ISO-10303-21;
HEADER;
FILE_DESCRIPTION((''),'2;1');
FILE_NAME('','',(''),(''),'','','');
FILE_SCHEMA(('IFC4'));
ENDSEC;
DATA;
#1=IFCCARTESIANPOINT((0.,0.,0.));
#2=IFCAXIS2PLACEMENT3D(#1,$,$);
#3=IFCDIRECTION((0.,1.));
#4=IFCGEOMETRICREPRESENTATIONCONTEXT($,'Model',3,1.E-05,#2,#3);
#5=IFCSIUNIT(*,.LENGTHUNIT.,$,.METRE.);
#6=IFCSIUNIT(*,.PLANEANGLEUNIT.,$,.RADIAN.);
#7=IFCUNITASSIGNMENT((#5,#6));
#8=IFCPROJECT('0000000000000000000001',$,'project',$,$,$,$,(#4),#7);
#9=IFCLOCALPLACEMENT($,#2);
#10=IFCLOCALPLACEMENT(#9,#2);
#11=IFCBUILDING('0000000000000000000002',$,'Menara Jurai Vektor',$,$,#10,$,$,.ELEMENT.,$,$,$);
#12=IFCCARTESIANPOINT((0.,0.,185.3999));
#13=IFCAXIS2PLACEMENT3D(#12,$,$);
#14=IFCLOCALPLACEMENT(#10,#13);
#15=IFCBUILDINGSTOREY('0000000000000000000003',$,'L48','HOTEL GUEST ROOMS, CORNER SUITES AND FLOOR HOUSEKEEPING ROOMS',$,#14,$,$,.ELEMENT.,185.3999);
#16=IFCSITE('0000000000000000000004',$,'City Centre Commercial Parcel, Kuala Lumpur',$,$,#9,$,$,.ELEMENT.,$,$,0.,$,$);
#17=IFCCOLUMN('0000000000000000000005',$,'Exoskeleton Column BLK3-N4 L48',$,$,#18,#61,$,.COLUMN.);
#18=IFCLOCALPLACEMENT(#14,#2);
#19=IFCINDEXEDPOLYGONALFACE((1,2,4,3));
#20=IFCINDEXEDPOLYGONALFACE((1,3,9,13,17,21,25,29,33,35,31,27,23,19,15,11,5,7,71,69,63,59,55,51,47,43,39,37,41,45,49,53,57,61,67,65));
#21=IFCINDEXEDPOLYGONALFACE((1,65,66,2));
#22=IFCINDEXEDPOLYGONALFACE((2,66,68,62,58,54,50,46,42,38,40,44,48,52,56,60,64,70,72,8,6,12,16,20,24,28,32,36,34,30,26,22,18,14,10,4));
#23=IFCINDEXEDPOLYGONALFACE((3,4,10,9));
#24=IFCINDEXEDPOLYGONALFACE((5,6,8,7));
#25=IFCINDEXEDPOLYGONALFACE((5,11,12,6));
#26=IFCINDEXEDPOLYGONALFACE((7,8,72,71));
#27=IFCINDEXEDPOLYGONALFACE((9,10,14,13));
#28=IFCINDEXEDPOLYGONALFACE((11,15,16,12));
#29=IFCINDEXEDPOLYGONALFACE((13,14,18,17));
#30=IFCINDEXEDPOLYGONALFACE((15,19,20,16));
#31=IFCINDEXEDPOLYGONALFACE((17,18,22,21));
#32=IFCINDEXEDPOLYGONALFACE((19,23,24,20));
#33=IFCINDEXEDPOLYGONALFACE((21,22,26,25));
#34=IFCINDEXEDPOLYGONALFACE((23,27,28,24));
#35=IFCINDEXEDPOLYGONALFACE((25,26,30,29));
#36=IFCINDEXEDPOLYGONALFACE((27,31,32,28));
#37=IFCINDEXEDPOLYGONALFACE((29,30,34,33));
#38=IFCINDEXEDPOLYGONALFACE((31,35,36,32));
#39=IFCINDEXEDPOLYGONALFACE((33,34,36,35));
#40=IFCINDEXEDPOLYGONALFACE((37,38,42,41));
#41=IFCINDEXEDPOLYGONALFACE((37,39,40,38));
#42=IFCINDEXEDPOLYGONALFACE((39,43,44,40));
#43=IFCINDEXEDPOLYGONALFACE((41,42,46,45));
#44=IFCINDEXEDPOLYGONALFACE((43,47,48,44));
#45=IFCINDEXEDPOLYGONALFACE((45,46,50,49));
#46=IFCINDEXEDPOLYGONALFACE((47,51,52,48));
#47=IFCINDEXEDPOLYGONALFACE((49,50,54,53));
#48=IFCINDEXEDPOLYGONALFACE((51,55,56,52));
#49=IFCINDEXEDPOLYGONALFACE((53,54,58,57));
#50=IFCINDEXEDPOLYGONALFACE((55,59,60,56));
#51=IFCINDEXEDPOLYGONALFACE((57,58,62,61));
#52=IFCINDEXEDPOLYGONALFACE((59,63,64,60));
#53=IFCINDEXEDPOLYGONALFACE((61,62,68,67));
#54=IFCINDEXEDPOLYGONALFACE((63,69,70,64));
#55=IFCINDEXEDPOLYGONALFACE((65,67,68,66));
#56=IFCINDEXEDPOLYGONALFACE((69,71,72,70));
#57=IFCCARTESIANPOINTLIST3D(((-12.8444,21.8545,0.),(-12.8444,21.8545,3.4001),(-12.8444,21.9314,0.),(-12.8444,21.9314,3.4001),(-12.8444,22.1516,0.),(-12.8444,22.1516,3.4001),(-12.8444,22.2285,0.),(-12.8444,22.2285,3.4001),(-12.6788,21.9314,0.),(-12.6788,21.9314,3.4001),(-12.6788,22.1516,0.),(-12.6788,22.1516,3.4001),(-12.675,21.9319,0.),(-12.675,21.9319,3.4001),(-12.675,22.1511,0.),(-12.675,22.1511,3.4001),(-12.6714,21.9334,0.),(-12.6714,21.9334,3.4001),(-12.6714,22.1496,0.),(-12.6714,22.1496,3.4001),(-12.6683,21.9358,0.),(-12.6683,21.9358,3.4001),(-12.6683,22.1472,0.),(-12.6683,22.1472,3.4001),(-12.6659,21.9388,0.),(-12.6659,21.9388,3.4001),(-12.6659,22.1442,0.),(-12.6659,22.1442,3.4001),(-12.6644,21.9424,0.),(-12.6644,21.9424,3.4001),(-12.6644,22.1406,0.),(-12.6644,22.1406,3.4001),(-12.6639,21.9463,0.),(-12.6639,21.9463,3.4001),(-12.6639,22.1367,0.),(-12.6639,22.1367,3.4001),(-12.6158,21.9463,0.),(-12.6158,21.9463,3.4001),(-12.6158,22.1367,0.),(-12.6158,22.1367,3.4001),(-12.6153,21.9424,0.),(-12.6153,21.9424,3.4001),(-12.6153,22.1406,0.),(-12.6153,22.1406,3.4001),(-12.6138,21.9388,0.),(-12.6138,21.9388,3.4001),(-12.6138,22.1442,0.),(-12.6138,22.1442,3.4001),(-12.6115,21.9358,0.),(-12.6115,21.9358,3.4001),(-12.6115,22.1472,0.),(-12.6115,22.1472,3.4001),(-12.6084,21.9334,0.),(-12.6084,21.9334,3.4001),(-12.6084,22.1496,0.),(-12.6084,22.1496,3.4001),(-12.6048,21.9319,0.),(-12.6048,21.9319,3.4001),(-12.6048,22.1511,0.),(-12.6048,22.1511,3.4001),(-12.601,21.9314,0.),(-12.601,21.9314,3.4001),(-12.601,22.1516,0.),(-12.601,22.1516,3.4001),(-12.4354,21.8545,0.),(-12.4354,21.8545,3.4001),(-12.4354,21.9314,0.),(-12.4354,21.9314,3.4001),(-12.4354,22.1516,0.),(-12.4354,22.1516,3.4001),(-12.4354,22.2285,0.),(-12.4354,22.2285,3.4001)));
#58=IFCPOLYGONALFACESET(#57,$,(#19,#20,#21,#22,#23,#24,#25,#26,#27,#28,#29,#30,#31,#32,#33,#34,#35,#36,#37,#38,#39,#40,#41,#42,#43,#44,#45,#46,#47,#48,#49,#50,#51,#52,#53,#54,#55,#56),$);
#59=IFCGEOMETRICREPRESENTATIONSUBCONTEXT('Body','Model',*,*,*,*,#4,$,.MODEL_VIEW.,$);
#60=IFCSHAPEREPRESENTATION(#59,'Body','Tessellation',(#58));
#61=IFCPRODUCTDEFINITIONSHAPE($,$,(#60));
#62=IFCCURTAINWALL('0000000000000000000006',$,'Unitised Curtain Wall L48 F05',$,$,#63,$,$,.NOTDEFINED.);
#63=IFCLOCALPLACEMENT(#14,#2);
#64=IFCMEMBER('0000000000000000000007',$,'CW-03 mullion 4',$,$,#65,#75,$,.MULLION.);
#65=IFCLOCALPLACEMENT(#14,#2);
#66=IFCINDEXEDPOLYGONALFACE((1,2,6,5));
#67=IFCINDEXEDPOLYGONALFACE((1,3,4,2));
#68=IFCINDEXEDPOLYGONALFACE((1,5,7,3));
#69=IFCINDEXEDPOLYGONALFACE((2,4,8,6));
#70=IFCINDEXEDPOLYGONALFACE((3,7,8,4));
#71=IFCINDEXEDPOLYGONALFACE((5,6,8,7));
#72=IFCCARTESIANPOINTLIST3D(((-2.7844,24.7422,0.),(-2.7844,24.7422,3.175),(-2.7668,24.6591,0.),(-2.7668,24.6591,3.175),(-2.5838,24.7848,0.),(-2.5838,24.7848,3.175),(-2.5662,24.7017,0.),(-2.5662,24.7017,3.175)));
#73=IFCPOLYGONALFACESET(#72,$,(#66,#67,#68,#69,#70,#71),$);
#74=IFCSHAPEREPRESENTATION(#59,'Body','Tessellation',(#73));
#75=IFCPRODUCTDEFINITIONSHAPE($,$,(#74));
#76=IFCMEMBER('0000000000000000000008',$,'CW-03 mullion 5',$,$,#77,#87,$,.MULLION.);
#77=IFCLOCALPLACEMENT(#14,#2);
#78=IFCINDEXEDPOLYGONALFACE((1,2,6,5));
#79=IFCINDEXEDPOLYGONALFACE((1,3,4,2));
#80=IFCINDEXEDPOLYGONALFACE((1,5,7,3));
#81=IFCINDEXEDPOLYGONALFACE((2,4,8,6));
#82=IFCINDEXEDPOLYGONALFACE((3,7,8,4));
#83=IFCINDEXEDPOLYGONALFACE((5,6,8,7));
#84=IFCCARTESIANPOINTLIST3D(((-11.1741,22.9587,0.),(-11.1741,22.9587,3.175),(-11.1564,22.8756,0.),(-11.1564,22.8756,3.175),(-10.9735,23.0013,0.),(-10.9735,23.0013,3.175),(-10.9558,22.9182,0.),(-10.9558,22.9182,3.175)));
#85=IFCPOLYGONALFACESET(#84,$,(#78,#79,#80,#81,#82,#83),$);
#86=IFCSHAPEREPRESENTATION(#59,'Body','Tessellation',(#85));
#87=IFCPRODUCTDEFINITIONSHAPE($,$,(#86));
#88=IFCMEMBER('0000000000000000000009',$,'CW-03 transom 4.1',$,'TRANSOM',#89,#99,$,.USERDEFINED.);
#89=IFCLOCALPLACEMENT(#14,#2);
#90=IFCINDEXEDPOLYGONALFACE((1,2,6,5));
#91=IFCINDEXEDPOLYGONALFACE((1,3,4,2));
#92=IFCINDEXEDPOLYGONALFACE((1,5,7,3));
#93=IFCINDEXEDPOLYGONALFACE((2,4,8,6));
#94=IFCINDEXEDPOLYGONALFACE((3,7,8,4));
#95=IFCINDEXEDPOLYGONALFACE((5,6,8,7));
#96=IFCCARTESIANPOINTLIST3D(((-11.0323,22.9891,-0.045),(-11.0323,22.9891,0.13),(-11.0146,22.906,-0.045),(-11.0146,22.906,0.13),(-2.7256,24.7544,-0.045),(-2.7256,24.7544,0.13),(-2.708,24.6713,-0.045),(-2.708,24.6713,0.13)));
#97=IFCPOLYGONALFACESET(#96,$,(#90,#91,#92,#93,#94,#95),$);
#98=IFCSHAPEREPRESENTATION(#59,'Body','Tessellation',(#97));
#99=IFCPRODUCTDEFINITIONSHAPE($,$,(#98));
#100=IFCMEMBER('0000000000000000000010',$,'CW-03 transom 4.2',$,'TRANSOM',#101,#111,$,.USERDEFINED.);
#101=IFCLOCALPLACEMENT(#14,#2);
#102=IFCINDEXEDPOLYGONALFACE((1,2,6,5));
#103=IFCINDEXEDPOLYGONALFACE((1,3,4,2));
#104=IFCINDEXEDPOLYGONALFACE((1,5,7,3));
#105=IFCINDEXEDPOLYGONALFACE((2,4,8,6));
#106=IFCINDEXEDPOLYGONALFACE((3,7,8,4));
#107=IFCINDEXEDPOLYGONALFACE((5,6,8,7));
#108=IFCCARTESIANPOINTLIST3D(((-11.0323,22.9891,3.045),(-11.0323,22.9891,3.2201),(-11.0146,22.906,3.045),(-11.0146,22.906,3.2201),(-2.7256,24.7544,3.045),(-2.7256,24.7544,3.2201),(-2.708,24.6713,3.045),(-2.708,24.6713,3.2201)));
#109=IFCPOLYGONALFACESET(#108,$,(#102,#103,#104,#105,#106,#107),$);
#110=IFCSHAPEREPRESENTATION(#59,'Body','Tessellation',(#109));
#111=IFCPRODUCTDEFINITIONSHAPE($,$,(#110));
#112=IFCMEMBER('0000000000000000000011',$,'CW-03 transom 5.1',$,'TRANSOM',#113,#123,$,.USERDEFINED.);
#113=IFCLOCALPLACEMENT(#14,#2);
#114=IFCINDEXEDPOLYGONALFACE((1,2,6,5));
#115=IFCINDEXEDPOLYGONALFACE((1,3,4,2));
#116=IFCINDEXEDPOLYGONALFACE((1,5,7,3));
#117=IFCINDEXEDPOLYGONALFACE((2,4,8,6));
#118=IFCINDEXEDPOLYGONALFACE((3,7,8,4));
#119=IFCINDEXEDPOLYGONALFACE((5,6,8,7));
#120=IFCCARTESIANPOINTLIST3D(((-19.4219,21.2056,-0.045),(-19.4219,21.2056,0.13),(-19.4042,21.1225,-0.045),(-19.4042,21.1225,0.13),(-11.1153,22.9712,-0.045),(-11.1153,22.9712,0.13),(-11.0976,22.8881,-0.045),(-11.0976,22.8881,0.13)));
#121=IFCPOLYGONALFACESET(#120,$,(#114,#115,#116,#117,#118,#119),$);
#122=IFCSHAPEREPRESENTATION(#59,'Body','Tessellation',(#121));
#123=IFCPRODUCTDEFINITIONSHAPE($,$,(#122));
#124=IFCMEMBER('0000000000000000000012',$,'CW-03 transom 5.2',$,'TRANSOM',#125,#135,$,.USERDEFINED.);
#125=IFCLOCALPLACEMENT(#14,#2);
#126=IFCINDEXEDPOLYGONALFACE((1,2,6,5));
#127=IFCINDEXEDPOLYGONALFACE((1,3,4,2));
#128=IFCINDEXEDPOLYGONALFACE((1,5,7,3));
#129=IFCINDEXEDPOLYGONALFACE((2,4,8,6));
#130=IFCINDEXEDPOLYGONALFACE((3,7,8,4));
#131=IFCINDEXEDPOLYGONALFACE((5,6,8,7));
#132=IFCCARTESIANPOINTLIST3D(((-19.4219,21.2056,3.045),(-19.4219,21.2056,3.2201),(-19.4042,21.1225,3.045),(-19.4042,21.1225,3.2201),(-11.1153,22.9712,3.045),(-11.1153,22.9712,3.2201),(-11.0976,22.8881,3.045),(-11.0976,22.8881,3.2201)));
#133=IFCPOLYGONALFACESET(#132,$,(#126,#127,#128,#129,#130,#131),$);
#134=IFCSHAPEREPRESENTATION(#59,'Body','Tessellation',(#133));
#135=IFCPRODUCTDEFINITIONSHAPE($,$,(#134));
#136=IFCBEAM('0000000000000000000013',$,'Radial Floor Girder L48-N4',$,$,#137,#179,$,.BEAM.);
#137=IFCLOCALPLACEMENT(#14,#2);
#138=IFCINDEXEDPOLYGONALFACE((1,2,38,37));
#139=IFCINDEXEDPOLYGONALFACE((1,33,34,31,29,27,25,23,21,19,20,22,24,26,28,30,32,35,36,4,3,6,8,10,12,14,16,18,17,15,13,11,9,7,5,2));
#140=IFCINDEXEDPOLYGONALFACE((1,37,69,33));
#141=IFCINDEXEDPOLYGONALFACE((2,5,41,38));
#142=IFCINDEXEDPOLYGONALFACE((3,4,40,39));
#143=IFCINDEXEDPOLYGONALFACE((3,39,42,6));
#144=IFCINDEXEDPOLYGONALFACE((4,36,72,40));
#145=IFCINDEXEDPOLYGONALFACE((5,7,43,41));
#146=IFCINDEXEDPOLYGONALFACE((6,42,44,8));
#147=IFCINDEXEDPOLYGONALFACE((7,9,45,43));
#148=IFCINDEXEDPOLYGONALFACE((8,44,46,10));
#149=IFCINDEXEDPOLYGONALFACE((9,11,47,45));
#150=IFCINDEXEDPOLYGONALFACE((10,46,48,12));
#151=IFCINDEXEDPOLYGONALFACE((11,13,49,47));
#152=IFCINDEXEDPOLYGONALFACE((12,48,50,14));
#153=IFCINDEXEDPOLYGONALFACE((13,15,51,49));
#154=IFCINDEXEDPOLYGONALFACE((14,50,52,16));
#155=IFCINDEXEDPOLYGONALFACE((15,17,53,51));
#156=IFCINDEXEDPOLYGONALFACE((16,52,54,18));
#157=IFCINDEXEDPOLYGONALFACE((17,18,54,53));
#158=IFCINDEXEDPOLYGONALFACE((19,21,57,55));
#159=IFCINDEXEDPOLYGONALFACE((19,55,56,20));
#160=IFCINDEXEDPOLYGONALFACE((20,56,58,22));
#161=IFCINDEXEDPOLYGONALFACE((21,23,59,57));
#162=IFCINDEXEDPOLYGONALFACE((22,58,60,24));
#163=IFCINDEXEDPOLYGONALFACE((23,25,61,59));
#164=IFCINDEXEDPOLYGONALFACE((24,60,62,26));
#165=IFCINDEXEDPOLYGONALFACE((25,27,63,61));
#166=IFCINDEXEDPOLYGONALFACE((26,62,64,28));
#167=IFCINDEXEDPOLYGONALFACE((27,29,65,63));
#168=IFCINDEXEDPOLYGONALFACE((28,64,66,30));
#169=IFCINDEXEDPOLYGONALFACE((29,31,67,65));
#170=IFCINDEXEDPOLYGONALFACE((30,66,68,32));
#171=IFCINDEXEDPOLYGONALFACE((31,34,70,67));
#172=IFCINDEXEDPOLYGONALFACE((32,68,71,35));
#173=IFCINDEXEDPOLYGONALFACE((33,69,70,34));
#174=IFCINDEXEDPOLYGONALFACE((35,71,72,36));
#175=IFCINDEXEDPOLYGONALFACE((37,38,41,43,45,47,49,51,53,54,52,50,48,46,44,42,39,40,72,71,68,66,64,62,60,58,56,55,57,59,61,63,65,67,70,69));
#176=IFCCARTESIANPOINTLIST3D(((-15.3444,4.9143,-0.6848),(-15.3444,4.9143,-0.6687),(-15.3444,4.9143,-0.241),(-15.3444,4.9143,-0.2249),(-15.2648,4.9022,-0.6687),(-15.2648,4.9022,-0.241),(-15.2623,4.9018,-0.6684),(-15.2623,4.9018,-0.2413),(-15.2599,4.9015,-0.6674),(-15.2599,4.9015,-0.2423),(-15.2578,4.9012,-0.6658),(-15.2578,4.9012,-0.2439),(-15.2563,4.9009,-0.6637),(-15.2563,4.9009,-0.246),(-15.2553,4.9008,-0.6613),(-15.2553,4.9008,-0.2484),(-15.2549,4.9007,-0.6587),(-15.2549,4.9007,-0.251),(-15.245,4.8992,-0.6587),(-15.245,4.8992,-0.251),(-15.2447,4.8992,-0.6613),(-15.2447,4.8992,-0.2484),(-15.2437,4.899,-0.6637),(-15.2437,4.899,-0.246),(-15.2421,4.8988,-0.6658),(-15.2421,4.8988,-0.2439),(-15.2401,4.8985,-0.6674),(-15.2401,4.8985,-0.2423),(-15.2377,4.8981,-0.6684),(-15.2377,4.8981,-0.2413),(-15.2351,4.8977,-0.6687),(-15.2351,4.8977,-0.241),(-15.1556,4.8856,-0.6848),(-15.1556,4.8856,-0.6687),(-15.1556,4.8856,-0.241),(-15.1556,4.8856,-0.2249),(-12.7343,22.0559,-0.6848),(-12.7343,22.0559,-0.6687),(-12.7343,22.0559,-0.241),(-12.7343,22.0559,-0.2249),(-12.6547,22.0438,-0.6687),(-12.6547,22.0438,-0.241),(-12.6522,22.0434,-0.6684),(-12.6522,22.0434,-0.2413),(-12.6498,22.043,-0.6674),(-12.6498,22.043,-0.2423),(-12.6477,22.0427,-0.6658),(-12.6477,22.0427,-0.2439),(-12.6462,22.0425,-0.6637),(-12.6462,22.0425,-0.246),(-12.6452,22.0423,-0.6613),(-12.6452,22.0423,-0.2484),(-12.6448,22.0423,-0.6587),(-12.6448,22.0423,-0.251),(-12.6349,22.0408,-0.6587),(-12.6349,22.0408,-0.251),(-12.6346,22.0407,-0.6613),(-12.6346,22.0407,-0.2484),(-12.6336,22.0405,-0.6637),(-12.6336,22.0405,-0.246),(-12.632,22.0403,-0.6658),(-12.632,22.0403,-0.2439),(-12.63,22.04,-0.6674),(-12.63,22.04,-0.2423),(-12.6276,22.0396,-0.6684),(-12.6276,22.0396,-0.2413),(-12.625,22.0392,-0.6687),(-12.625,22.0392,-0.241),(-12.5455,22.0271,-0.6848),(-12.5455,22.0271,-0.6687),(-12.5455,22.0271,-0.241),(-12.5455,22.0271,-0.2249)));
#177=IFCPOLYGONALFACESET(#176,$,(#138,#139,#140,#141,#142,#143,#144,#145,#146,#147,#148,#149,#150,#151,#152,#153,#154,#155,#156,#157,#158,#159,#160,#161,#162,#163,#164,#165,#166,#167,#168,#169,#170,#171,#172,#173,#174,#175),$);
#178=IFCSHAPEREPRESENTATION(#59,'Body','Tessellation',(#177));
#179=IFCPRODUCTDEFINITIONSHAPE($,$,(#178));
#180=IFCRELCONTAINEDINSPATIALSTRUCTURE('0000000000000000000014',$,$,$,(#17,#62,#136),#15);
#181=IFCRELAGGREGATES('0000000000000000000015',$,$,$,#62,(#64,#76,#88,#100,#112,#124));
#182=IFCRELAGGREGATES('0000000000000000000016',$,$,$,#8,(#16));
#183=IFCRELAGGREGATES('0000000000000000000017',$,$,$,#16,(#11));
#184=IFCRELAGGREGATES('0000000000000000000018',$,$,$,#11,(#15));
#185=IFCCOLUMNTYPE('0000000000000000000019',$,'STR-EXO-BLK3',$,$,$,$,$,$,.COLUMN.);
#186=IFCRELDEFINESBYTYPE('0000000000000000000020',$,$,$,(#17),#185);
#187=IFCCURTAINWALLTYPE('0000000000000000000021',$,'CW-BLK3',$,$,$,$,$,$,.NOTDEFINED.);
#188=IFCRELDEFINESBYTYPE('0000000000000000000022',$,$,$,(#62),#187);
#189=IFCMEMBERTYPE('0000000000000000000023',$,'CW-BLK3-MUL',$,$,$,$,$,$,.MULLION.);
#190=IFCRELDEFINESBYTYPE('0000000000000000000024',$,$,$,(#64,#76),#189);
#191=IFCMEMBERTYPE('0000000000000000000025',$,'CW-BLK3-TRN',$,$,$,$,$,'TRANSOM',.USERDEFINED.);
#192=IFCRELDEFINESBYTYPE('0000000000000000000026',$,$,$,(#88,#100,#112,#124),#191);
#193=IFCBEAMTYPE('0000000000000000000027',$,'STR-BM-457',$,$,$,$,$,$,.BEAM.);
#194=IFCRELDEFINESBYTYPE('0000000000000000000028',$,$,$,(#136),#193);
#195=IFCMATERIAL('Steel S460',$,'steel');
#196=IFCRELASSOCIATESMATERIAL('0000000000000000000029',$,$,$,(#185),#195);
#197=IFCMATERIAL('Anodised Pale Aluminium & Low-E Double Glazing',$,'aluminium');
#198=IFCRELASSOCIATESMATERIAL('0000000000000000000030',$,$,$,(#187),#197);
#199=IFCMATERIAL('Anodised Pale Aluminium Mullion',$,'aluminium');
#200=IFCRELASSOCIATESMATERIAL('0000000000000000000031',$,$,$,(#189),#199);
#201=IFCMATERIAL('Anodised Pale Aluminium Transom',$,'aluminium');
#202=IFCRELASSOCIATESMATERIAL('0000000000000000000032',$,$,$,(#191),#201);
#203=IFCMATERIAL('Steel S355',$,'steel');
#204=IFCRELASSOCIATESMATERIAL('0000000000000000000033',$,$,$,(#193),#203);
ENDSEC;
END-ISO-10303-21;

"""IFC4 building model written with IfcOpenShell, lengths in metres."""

from ifc_helpers import new_model, si_unit, direction, frame, origin, origin_2d, place, context, subcontext, project, spatial, rectangle, i_section, extrude, material, material_profile, profile_set, type_object, element, aggregate, save


model = new_model("IFC4")

# Units and contexts
model_context = context("Model", 3, precision=1e-05, world=origin(), true_north=direction((0.0, 1.0)))
body_context = subcontext(model_context, "Body", "Model", "MODEL_VIEW")
ifc_project = project(units=[si_unit("LENGTHUNIT", "METRE"), si_unit("PLANEANGLEUNIT", "RADIAN")], contexts=[model_context])

# Site, building, storey
site_placement = place(None, origin())
site = spatial("IfcSite", under=ifc_project, at=site_placement, Name="City Centre Commercial Parcel, Kuala Lumpur", CompositionType="ELEMENT", RefElevation=0.0)
building_placement = place(site_placement, origin())
building = spatial("IfcBuilding", under=site, at=building_placement, Name="Menara Jurai Vektor", CompositionType="ELEMENT")
storey_placement = place(building_placement, frame((0.0, 0.0, 185.3999)))
storey = spatial("IfcBuildingStorey", under=building, at=storey_placement, Name="L48", Description="HOTEL GUEST ROOMS, CORNER SUITES AND FLOOR HOUSEKEEPING ROOMS", CompositionType="ELEMENT", Elevation=185.3999)

# Column
ifc_material_1 = material(Name="Steel S460", Category="steel")
ifc_material_profile_1 = material_profile(ifc_material_1, i_section(OverallWidth=0.4089, OverallDepth=0.374, WebThickness=0.0481, FlangeThickness=0.0769, FilletRadius=0.0149, at=origin_2d()), Name="HD 400x634")
ifc_profile_set_1 = profile_set([ifc_material_profile_1], Name="Steel S460")
column_type = type_object("IfcColumnType", Name="STR-EXO-BLK3", PredefinedType="COLUMN", material=ifc_profile_set_1)
column_placement = place(storey_placement, frame((-12.6399, 22.0415, 0.0), z_axis=(0.0, 0.0, 1.0), x_axis=(1.0, 0.0, 0.0)))
element("IfcColumn", 1, at=column_placement, inside=storey, type_object=column_type, Name="Exoskeleton Column BLK3-N4 L48", PredefinedType="COLUMN", context=body_context, shape_type="SweptSolid", body=[
    extrude(i_section(OverallWidth=0.4089, OverallDepth=0.374, WebThickness=0.0481, FlangeThickness=0.0769, FilletRadius=0.0149, at=origin_2d()), origin(), (0.0, 0.0, 1.0), 3.4001),
])

# Curtain wall, members
ifc_material_2 = material(Name="Anodised Pale Aluminium & Low-E Double Glazing", Category="aluminium")
curtain_wall_type = type_object("IfcCurtainWallType", Name="CW-BLK3", PredefinedType="NOTDEFINED", material=ifc_material_2)
curtain_wall_placement = place(storey_placement, origin())
curtain_wall = element("IfcCurtainWall", 2, at=curtain_wall_placement, inside=storey, type_object=curtain_wall_type, Name="Unitised Curtain Wall L48 F05", PredefinedType="NOTDEFINED")
ifc_material_3 = material(Name="Anodised Pale Aluminium Mullion", Category="aluminium")
ifc_material_profile_2 = material_profile(ifc_material_3, rectangle(XDim=0.085, YDim=0.2051, at=origin_2d()), Name="ALU MUL 85x205")
ifc_profile_set_2 = profile_set([ifc_material_profile_2], Name="Anodised Pale Aluminium Mullion")
member_type_1 = type_object("IfcMemberType", Name="CW-BLK3-MUL", PredefinedType="MULLION", material=ifc_profile_set_2)
member_1_placement = place(storey_placement, frame((-2.6753, 24.7219, 0.0), z_axis=(0.0, 0.0, 1.0), x_axis=(0.207911, -0.978148, 0.0)))
member_1 = element("IfcMember", 3, at=member_1_placement, type_object=member_type_1, Name="CW-03 mullion 4", PredefinedType="MULLION", context=body_context, shape_type="SweptSolid", body=[
    extrude(rectangle(XDim=0.085, YDim=0.2051, at=origin_2d()), origin(), (0.0, 0.0, 1.0), 3.175),
])
member_2_placement = place(storey_placement, frame((-11.0649, 22.9385, 0.0), z_axis=(0.0, 0.0, 1.0), x_axis=(0.207911, -0.978148, 0.0)))
member_2 = element("IfcMember", 4, at=member_2_placement, type_object=member_type_1, Name="CW-03 mullion 5", PredefinedType="MULLION", context=body_context, shape_type="SweptSolid", body=[
    extrude(rectangle(XDim=0.085, YDim=0.2051, at=origin_2d()), origin(), (0.0, 0.0, 1.0), 3.175),
])
ifc_material_4 = material(Name="Anodised Pale Aluminium Transom", Category="aluminium")
ifc_material_profile_3 = material_profile(ifc_material_4, rectangle(XDim=0.085, YDim=0.175, at=origin_2d()), Name="ALU TRN 85x175")
ifc_profile_set_3 = profile_set([ifc_material_profile_3], Name="Anodised Pale Aluminium Transom")
member_type_2 = type_object("IfcMemberType", Name="CW-BLK3-TRN", ElementType="TRANSOM", PredefinedType="USERDEFINED", material=ifc_profile_set_3)
member_3_placement = place(storey_placement, frame((-2.7168, 24.7129, 0.0425), z_axis=(-0.978154, -0.207884, 0.0), x_axis=(0.207884, -0.978154, 0.0)))
member_3 = element("IfcMember", 5, at=member_3_placement, type_object=member_type_2, Name="CW-03 transom 4.1", ObjectType="TRANSOM", PredefinedType="USERDEFINED", context=body_context, shape_type="SweptSolid", body=[
    extrude(rectangle(XDim=0.085, YDim=0.175, at=origin_2d()), origin(), (0.0, 0.0, 1.0), 8.4922),
])
member_4_placement = place(storey_placement, frame((-2.7168, 24.7129, 3.1326), z_axis=(-0.978154, -0.207884, 0.0), x_axis=(0.207884, -0.978154, 0.0)))
member_4 = element("IfcMember", 6, at=member_4_placement, type_object=member_type_2, Name="CW-03 transom 4.2", ObjectType="TRANSOM", PredefinedType="USERDEFINED", context=body_context, shape_type="SweptSolid", body=[
    extrude(rectangle(XDim=0.085, YDim=0.175, at=origin_2d()), origin(), (0.0, 0.0, 1.0), 8.4922),
])
member_5_placement = place(storey_placement, frame((-11.1064, 22.9297, 0.0425), z_axis=(-0.978148, -0.207911, 0.0), x_axis=(0.207911, -0.978148, 0.0)))
member_5 = element("IfcMember", 7, at=member_5_placement, type_object=member_type_2, Name="CW-03 transom 5.1", ObjectType="TRANSOM", PredefinedType="USERDEFINED", context=body_context, shape_type="SweptSolid", body=[
    extrude(rectangle(XDim=0.085, YDim=0.175, at=origin_2d()), origin(), (0.0, 0.0, 1.0), 8.4922),
])
member_6_placement = place(storey_placement, frame((-11.1064, 22.9297, 3.1326), z_axis=(-0.978148, -0.207911, 0.0), x_axis=(0.207911, -0.978148, 0.0)))
member_6 = element("IfcMember", 8, at=member_6_placement, type_object=member_type_2, Name="CW-03 transom 5.2", ObjectType="TRANSOM", PredefinedType="USERDEFINED", context=body_context, shape_type="SweptSolid", body=[
    extrude(rectangle(XDim=0.085, YDim=0.175, at=origin_2d()), origin(), (0.0, 0.0, 1.0), 8.4922),
])

# Beam
ifc_material_5 = material(Name="Steel S355", Category="steel")
ifc_material_profile_4 = material_profile(ifc_material_5, i_section(OverallWidth=0.1909, OverallDepth=0.46, WebThickness=0.01, FlangeThickness=0.0161, FilletRadius=0.01, at=origin_2d()), Name="UKB 457x191x82")
ifc_profile_set_4 = profile_set([ifc_material_profile_4], Name="Steel S355")
beam_type_1 = type_object("IfcBeamType", Name="STR-BM-457", PredefinedType="BEAM", material=ifc_profile_set_4)
beam_1_placement = place(storey_placement, frame((-12.6399, 22.0415, -0.4548), z_axis=(-0.150532, -0.988605, 0.0), x_axis=(0.988605, -0.150532, 0.0)))
element("IfcBeam", 9, at=beam_1_placement, inside=storey, type_object=beam_type_1, Name="Radial Floor Girder L48-N4", PredefinedType="BEAM", context=body_context, shape_type="SweptSolid", body=[
    extrude(i_section(OverallWidth=0.1909, OverallDepth=0.46, WebThickness=0.01, FlangeThickness=0.0161, FilletRadius=0.01, at=origin_2d()), origin(), (0.0, 0.0, 1.0), 17.3391),
])

aggregate(curtain_wall, [member_1, member_2, member_3, member_4, member_5, member_6])

save(model, "model.ifc")
